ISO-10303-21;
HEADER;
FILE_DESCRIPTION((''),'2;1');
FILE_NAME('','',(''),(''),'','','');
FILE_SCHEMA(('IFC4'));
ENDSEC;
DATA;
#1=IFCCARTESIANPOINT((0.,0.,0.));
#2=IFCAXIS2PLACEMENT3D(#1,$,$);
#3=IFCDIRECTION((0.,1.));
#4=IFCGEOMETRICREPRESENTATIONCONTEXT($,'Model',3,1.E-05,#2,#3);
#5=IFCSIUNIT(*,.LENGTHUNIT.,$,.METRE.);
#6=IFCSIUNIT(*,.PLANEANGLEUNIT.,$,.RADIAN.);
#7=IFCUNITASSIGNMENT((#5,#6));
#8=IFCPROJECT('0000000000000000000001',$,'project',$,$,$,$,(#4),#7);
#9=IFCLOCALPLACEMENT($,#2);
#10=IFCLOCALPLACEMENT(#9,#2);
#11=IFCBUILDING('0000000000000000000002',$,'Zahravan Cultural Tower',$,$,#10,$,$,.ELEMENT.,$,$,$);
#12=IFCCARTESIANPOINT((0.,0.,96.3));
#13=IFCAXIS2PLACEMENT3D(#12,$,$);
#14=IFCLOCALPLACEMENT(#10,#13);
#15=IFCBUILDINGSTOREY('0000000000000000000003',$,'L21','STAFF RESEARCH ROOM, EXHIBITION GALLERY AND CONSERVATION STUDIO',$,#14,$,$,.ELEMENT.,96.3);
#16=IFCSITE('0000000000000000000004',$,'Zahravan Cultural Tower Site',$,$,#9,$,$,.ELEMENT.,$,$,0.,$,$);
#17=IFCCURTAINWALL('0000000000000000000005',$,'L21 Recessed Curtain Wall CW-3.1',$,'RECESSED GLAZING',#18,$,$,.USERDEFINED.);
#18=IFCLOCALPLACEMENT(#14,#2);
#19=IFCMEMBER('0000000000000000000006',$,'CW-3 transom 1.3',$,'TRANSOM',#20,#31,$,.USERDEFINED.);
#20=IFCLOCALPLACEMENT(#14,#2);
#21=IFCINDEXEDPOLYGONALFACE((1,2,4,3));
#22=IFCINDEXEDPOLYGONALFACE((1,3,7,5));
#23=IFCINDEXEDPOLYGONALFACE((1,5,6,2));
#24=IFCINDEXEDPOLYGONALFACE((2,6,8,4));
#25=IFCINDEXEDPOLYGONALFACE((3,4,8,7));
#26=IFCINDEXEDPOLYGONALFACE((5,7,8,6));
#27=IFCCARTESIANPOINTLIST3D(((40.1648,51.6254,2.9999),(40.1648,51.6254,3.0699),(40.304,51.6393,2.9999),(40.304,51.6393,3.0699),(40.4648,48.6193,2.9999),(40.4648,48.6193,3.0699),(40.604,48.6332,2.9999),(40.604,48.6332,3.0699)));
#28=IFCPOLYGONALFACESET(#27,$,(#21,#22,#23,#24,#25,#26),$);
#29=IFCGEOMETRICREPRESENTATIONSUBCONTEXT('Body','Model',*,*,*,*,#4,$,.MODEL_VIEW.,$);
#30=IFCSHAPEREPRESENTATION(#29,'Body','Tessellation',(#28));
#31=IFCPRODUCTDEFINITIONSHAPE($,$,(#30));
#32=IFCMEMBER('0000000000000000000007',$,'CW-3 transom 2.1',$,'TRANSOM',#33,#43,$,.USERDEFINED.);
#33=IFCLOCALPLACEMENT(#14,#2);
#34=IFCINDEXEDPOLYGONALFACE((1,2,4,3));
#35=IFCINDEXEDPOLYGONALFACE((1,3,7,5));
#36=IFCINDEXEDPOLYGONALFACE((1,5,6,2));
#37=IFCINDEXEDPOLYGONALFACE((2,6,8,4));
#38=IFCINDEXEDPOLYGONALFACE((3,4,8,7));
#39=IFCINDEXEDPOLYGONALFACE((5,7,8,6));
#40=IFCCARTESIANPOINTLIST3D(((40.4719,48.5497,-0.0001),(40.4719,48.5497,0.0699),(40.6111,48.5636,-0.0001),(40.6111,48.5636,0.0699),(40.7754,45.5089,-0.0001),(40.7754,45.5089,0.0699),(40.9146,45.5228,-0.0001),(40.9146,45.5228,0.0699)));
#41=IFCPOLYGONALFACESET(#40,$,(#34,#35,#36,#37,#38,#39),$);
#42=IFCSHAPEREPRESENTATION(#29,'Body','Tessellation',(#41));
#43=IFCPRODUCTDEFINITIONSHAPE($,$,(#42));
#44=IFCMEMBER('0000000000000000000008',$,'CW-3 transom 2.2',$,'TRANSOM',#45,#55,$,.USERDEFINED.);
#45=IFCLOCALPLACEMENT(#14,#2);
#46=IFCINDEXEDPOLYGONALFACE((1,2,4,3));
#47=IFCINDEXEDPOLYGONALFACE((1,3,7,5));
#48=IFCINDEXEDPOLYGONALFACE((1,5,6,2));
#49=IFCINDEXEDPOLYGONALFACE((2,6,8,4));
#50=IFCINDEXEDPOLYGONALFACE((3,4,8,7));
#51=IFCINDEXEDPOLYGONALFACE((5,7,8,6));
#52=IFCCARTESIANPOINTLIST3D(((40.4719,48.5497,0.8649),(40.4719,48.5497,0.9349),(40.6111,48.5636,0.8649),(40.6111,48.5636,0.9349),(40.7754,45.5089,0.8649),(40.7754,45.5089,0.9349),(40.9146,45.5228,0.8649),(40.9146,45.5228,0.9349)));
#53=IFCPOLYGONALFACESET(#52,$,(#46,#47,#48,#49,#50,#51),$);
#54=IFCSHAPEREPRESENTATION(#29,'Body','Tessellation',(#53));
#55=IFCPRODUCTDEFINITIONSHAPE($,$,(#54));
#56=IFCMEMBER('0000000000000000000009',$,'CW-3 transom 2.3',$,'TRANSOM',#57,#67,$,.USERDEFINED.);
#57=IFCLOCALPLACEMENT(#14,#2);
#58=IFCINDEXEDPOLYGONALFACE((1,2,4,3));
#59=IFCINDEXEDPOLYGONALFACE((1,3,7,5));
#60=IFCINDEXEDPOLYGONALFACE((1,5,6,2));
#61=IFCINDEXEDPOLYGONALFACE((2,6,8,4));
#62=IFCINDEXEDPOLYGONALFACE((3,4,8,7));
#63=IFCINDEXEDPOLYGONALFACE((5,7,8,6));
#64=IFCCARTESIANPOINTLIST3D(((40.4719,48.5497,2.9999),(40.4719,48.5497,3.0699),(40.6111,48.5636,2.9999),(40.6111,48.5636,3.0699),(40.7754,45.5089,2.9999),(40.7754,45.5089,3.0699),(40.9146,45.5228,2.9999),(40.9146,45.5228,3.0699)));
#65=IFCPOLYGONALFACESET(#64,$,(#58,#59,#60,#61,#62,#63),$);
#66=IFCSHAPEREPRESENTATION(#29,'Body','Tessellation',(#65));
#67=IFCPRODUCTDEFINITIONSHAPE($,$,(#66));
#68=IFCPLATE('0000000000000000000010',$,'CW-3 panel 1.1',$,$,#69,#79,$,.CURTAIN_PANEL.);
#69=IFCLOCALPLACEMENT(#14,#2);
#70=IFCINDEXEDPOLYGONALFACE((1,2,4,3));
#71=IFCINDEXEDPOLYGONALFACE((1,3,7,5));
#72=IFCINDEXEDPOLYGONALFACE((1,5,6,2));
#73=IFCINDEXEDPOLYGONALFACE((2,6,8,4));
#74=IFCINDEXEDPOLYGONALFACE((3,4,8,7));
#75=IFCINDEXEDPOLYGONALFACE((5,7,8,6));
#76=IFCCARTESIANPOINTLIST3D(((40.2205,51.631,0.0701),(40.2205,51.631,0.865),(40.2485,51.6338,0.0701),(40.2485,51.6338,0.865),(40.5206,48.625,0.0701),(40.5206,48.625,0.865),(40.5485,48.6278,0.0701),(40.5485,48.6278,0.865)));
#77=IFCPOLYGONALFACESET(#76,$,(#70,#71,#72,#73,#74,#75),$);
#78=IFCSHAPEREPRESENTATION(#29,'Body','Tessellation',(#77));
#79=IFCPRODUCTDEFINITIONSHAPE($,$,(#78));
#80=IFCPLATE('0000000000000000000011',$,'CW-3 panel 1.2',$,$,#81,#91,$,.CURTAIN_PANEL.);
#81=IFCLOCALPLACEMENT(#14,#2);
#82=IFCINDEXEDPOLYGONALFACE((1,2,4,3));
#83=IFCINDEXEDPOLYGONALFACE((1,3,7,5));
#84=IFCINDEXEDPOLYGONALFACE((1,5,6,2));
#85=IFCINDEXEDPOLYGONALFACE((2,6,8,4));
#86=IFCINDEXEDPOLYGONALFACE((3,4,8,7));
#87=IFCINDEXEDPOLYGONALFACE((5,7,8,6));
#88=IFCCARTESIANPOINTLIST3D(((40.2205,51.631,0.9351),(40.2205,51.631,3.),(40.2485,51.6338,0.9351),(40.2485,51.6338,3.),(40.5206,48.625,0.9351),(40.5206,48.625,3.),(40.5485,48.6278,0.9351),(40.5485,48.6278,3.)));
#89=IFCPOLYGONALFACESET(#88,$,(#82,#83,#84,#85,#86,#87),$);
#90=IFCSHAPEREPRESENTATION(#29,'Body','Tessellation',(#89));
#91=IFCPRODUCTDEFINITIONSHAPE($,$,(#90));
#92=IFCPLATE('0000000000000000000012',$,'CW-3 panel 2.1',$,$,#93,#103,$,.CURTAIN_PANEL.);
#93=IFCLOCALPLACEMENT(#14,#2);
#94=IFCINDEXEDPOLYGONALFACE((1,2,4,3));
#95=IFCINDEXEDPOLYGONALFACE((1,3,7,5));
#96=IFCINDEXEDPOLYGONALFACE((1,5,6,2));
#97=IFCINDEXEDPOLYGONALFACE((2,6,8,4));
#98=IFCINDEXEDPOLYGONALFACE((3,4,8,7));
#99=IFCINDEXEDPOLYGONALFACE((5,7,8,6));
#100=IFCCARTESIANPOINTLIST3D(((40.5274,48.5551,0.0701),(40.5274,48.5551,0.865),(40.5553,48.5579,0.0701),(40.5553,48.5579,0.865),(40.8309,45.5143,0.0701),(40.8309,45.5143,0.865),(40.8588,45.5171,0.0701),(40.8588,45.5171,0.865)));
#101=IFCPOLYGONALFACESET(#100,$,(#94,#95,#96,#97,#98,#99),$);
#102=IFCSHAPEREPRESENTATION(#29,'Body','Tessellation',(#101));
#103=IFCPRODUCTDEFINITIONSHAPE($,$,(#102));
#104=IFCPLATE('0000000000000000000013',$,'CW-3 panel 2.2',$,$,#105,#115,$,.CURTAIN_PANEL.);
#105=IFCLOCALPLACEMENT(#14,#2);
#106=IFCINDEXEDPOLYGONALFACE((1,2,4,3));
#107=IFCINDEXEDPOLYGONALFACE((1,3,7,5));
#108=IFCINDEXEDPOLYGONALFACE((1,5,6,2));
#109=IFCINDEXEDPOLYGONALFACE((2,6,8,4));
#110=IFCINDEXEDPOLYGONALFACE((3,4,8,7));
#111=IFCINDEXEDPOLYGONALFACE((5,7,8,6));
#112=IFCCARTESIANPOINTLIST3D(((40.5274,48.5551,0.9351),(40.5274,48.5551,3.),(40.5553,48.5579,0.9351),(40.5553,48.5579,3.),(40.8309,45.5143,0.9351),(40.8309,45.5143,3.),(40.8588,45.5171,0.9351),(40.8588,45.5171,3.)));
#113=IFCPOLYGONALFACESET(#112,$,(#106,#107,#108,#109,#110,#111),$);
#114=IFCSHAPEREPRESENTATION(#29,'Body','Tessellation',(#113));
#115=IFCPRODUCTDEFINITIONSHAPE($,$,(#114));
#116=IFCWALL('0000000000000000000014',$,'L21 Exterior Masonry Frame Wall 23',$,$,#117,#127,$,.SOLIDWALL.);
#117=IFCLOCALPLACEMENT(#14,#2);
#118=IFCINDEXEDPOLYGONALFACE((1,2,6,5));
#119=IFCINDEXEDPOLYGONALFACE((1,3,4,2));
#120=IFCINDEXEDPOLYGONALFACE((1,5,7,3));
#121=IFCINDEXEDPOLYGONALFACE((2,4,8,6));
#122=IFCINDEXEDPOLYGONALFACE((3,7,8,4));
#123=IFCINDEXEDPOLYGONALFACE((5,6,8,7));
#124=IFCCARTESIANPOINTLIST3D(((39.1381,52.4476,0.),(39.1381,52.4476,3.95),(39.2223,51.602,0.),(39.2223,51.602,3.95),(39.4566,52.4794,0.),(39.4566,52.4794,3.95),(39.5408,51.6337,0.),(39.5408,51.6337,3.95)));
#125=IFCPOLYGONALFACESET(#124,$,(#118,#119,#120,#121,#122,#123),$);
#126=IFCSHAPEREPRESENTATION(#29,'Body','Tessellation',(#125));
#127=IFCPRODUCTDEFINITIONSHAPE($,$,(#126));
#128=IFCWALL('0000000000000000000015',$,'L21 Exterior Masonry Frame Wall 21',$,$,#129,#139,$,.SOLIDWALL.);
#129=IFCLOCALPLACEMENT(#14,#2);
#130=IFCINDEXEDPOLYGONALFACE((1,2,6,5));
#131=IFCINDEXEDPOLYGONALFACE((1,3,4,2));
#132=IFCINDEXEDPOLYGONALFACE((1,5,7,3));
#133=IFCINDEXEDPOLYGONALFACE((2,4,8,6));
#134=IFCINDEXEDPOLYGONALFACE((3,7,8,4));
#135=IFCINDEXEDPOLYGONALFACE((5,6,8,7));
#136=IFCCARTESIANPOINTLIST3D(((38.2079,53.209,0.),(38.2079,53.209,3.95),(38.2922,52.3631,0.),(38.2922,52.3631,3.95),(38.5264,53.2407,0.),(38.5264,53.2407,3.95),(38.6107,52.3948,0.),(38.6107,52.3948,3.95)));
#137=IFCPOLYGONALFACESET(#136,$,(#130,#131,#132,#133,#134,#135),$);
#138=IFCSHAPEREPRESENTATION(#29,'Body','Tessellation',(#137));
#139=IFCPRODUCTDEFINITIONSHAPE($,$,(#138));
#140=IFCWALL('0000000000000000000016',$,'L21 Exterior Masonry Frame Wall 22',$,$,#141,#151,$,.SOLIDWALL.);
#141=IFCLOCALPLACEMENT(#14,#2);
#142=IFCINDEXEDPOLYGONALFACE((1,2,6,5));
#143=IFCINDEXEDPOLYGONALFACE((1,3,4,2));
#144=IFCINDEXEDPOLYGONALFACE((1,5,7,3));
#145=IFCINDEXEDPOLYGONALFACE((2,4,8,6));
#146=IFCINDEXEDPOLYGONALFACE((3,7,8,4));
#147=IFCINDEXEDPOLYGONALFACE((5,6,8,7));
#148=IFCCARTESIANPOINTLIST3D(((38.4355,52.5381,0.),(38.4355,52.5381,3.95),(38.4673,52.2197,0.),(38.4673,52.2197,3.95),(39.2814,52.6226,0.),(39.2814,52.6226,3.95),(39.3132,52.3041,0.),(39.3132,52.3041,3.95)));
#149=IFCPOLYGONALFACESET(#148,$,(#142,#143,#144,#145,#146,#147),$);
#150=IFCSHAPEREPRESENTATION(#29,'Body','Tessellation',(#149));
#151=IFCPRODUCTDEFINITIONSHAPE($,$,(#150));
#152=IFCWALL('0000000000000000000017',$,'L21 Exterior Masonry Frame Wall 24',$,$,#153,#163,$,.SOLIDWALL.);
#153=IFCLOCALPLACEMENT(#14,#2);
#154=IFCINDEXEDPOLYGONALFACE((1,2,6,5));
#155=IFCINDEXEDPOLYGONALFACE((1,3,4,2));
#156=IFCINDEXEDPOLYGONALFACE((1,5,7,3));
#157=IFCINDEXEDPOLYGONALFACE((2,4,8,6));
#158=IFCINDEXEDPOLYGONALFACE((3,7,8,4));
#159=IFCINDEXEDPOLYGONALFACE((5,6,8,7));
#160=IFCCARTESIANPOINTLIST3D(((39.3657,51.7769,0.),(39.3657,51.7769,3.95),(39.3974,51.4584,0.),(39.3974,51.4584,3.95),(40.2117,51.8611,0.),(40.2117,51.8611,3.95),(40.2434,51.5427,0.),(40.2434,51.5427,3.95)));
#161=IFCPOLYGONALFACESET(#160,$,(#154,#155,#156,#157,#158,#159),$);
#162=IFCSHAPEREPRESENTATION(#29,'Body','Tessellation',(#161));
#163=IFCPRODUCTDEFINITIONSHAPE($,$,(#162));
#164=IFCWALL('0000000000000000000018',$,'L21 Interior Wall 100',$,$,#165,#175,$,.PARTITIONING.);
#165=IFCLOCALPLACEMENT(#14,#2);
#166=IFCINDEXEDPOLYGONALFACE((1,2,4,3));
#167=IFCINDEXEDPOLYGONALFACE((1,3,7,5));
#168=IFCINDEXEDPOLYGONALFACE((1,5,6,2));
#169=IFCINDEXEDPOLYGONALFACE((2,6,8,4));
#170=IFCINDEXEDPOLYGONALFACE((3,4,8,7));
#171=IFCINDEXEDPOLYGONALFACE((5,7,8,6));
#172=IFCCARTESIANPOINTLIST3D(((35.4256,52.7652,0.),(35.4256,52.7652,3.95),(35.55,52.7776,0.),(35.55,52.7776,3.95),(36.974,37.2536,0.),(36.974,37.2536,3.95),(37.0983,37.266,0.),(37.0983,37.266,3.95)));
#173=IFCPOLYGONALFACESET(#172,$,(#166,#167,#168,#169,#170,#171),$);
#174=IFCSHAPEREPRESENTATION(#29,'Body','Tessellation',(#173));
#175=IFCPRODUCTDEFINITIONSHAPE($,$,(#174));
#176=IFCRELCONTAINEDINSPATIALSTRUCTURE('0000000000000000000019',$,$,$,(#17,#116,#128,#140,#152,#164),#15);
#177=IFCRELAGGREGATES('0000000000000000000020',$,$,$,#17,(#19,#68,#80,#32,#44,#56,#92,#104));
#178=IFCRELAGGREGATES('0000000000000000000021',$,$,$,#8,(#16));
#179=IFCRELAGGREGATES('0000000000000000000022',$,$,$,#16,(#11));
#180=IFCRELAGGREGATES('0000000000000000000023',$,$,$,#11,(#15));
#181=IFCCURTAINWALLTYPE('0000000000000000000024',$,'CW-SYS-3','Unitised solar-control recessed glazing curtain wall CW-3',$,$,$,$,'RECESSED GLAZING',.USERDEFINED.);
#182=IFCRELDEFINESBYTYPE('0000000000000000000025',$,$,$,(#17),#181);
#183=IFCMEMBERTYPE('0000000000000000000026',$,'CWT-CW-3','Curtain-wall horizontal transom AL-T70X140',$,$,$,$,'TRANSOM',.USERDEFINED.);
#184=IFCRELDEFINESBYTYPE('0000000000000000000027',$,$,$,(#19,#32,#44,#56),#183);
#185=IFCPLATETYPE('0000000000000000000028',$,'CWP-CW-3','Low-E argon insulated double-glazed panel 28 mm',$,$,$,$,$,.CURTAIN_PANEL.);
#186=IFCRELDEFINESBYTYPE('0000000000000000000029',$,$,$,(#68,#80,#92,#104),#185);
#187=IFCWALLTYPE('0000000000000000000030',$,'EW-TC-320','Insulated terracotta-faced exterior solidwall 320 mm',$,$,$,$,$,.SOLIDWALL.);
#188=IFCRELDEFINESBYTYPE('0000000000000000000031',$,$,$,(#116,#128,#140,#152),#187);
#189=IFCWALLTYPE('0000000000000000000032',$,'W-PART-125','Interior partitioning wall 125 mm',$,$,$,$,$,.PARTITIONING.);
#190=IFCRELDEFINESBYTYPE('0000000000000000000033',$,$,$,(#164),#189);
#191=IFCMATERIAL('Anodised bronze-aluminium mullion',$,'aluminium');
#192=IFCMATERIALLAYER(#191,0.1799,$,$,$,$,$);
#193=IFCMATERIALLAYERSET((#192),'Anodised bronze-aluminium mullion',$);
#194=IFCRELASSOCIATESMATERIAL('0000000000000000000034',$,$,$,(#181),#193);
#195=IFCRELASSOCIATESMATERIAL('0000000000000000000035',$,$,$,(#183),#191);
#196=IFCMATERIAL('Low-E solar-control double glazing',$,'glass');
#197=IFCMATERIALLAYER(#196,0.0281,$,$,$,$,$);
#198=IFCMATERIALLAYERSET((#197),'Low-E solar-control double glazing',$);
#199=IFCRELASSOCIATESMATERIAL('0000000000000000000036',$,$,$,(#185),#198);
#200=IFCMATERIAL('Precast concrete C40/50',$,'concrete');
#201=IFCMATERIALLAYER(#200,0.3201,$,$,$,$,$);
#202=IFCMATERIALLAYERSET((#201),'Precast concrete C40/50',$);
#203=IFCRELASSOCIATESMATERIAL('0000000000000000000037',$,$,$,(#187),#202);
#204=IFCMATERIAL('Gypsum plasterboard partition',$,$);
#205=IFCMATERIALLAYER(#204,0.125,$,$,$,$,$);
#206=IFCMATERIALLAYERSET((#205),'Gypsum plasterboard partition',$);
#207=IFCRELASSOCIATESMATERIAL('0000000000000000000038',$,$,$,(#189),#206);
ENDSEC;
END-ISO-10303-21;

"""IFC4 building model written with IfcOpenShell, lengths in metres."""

from ifc_helpers import new_model, si_unit, direction, frame, frame_2d, origin, origin_2d, place, context, subcontext, project, spatial, rectangle, extrude, source, transform, mapped, material, layer, layer_set, material_profile, profile_set, type_object, element, aggregate, save


model = new_model("IFC4")

# Units and contexts
model_context = context("Model", 3, precision=1e-05, world=origin(), true_north=direction((0.0, 1.0)))
body_context = subcontext(model_context, "Body", "Model", "MODEL_VIEW")
ifc_project = project(units=[si_unit("LENGTHUNIT", "METRE"), si_unit("PLANEANGLEUNIT", "RADIAN")], contexts=[model_context])

# Site, building, storey
site_placement = place(None, origin())
site = spatial("IfcSite", under=ifc_project, at=site_placement, Name="Zahravan Cultural Tower Site", CompositionType="ELEMENT", RefElevation=0.0)
building_placement = place(site_placement, origin())
building = spatial("IfcBuilding", under=site, at=building_placement, Name="Zahravan Cultural Tower", CompositionType="ELEMENT")
storey_placement = place(building_placement, frame((0.0, 0.0, 96.3)))
storey = spatial("IfcBuildingStorey", under=building, at=storey_placement, Name="L21", Description="STAFF RESEARCH ROOM, EXHIBITION GALLERY AND CONSERVATION STUDIO", CompositionType="ELEMENT", Elevation=96.3)

# Curtain wall, members, plates
ifc_material_1 = material(Name="Anodised bronze-aluminium mullion", Category="aluminium")
ifc_layer_1 = layer(ifc_material_1, 0.1799)
ifc_layer_set_1 = layer_set([ifc_layer_1], Name="Anodised bronze-aluminium mullion")
curtain_wall_type = type_object("IfcCurtainWallType", Name="CW-SYS-3", Description="Unitised solar-control recessed glazing curtain wall CW-3", ElementType="RECESSED GLAZING", PredefinedType="USERDEFINED", material=ifc_layer_set_1)
curtain_wall_placement = place(storey_placement, origin())
curtain_wall = element("IfcCurtainWall", 1, at=curtain_wall_placement, inside=storey, type_object=curtain_wall_type, Name="L21 Recessed Curtain Wall CW-3.1", ObjectType="RECESSED GLAZING", PredefinedType="USERDEFINED")
ifc_material_profile_1 = material_profile(ifc_material_1, rectangle(XDim=0.1399, YDim=0.0701, at=origin_2d()), Name="AL-T70X140")
ifc_profile_set_1 = profile_set([ifc_material_profile_1], Name="Anodised bronze-aluminium mullion")
member_type_1 = type_object("IfcMemberType", Name="CWT-CW-3", Description="Curtain-wall horizontal transom AL-T70X140", ElementType="TRANSOM", PredefinedType="USERDEFINED", material=ifc_profile_set_1)
shared_shape_1 = source(origin(), body_context, "Body", "SweptSolid", [
    extrude(rectangle(XDim=0.1399, YDim=0.0701, at=origin_2d()), origin(), (0.0, 0.0, 1.0), 3.021),
])
member_1_placement = place(storey_placement, frame((40.2344, 51.6323, 3.0349), z_axis=(0.09932, -0.995056, 0.0), x_axis=(0.995056, 0.09932, 0.0)))
member_1 = element("IfcMember", 2, at=member_1_placement, type_object=member_type_1, Name="CW-3 transom 1.3", ObjectType="TRANSOM", PredefinedType="USERDEFINED", context=body_context, shape_type="MappedRepresentation", body=[
    mapped(shared_shape_1, transform((0.0, 0.0, 0.0), x_axis=(1.0, 0.0, 0.0), y_axis=(0.0, 1.0, 0.0), z_axis=(0.0, 0.0, 1.0), scale=1.0)),
])
shared_shape_2 = source(origin(), body_context, "Body", "SweptSolid", [
    extrude(rectangle(XDim=0.1399, YDim=0.0701, at=origin_2d()), origin(), (0.0, 0.0, 1.0), 3.0559),
])
member_2_placement = place(storey_placement, frame((40.5415, 48.5566, 0.0349), z_axis=(0.099306, -0.995057, 0.0), x_axis=(0.995057, 0.099306, 0.0)))
member_2 = element("IfcMember", 3, at=member_2_placement, type_object=member_type_1, Name="CW-3 transom 2.1", ObjectType="TRANSOM", PredefinedType="USERDEFINED", context=body_context, shape_type="MappedRepresentation", body=[
    mapped(shared_shape_2, transform((0.0, 0.0, 0.0), x_axis=(1.0, 0.0, 0.0), y_axis=(0.0, 1.0, 0.0), z_axis=(0.0, 0.0, 1.0), scale=1.0)),
])
member_3_placement = place(storey_placement, frame((40.5415, 48.5566, 0.8999), z_axis=(0.099306, -0.995057, 0.0), x_axis=(0.995057, 0.099306, 0.0)))
member_3 = element("IfcMember", 4, at=member_3_placement, type_object=member_type_1, Name="CW-3 transom 2.2", ObjectType="TRANSOM", PredefinedType="USERDEFINED", context=body_context, shape_type="MappedRepresentation", body=[
    mapped(shared_shape_2, transform((0.0, 0.0, 0.0), x_axis=(1.0, 0.0, 0.0), y_axis=(0.0, 1.0, 0.0), z_axis=(0.0, 0.0, 1.0), scale=1.0)),
])
member_4_placement = place(storey_placement, frame((40.5415, 48.5566, 3.0349), z_axis=(0.099306, -0.995057, 0.0), x_axis=(0.995057, 0.099306, 0.0)))
member_4 = element("IfcMember", 5, at=member_4_placement, type_object=member_type_1, Name="CW-3 transom 2.3", ObjectType="TRANSOM", PredefinedType="USERDEFINED", context=body_context, shape_type="MappedRepresentation", body=[
    mapped(shared_shape_2, transform((0.0, 0.0, 0.0), x_axis=(1.0, 0.0, 0.0), y_axis=(0.0, 1.0, 0.0), z_axis=(0.0, 0.0, 1.0), scale=1.0)),
])
ifc_material_2 = material(Name="Low-E solar-control double glazing", Category="glass")
ifc_layer_2 = layer(ifc_material_2, 0.0281)
ifc_layer_set_2 = layer_set([ifc_layer_2], Name="Low-E solar-control double glazing")
plate_type = type_object("IfcPlateType", Name="CWP-CW-3", Description="Low-E argon insulated double-glazed panel 28 mm", PredefinedType="CURTAIN_PANEL", material=ifc_layer_set_2)
shared_shape_3 = source(origin(), body_context, "Body", "SweptSolid", [
    extrude(rectangle(XDim=3.021, YDim=0.0281, at=origin_2d()), origin(), (0.0, 0.0, 1.0), 0.7949),
])
plate_1_placement = place(storey_placement, frame((40.3845, 50.1294, 0.0701), z_axis=(0.0, 0.0, 1.0), x_axis=(0.099322, -0.995055, 0.0)))
plate_1 = element("IfcPlate", 6, at=plate_1_placement, type_object=plate_type, Name="CW-3 panel 1.1", PredefinedType="CURTAIN_PANEL", context=body_context, shape_type="MappedRepresentation", body=[
    mapped(shared_shape_3, transform((0.0, 0.0, 0.0), x_axis=(1.0, 0.0, 0.0), y_axis=(0.0, 1.0, 0.0), z_axis=(0.0, 0.0, 1.0), scale=1.0)),
])
shared_shape_4 = source(origin(), body_context, "Body", "SweptSolid", [
    extrude(rectangle(XDim=3.021, YDim=0.0281, at=origin_2d()), origin(), (0.0, 0.0, 1.0), 2.0649),
])
plate_2_placement = place(storey_placement, frame((40.3845, 50.1294, 0.9351), z_axis=(0.0, 0.0, 1.0), x_axis=(0.099322, -0.995055, 0.0)))
plate_2 = element("IfcPlate", 7, at=plate_2_placement, type_object=plate_type, Name="CW-3 panel 1.2", PredefinedType="CURTAIN_PANEL", context=body_context, shape_type="MappedRepresentation", body=[
    mapped(shared_shape_4, transform((0.0, 0.0, 0.0), x_axis=(1.0, 0.0, 0.0), y_axis=(0.0, 1.0, 0.0), z_axis=(0.0, 0.0, 1.0), scale=1.0)),
])
shared_shape_5 = source(origin(), body_context, "Body", "SweptSolid", [
    extrude(rectangle(XDim=3.0559, YDim=0.0281, at=origin_2d()), origin(), (0.0, 0.0, 1.0), 0.7949),
])
plate_3_placement = place(storey_placement, frame((40.6931, 47.0361, 0.0701), z_axis=(0.0, 0.0, 1.0), x_axis=(0.099322, -0.995055, 0.0)))
plate_3 = element("IfcPlate", 8, at=plate_3_placement, type_object=plate_type, Name="CW-3 panel 2.1", PredefinedType="CURTAIN_PANEL", context=body_context, shape_type="MappedRepresentation", body=[
    mapped(shared_shape_5, transform((0.0, 0.0, 0.0), x_axis=(1.0, 0.0, 0.0), y_axis=(0.0, 1.0, 0.0), z_axis=(0.0, 0.0, 1.0), scale=1.0)),
])
shared_shape_6 = source(origin(), body_context, "Body", "SweptSolid", [
    extrude(rectangle(XDim=3.0559, YDim=0.0281, at=origin_2d()), origin(), (0.0, 0.0, 1.0), 2.0649),
])
plate_4_placement = place(storey_placement, frame((40.6931, 47.0361, 0.9351), z_axis=(0.0, 0.0, 1.0), x_axis=(0.099322, -0.995055, 0.0)))
plate_4 = element("IfcPlate", 9, at=plate_4_placement, type_object=plate_type, Name="CW-3 panel 2.2", PredefinedType="CURTAIN_PANEL", context=body_context, shape_type="MappedRepresentation", body=[
    mapped(shared_shape_6, transform((0.0, 0.0, 0.0), x_axis=(1.0, 0.0, 0.0), y_axis=(0.0, 1.0, 0.0), z_axis=(0.0, 0.0, 1.0), scale=1.0)),
])
aggregate(curtain_wall, [member_1, plate_1, plate_2, member_2, member_3, member_4, plate_3, plate_4])

# Walls
ifc_material_3 = material(Name="Precast concrete C40/50", Category="concrete")
ifc_layer_3 = layer(ifc_material_3, 0.3201)
ifc_layer_set_3 = layer_set([ifc_layer_3], Name="Precast concrete C40/50")
wall_type_1 = type_object("IfcWallType", Name="EW-TC-320", Description="Insulated terracotta-faced exterior solidwall 320 mm", PredefinedType="SOLIDWALL", material=ifc_layer_set_3)
shared_shape_7 = source(origin(), body_context, "Body", "SweptSolid", [
    extrude(rectangle(XDim=0.8499, YDim=0.3201, at=frame_2d((0.4248, 0.0))), origin(), (0.0, 0.0, 1.0), 3.95),
])
wall_1_placement = place(storey_placement, frame((39.2974, 52.4634, 0.0), z_axis=(0.0, 0.0, 1.0), x_axis=(0.099106, -0.995077, 0.0)))
element("IfcWall", 10, at=wall_1_placement, inside=storey, type_object=wall_type_1, Name="L21 Exterior Masonry Frame Wall 23", PredefinedType="SOLIDWALL", context=body_context, shape_type="MappedRepresentation", body=[
    mapped(shared_shape_7, transform((0.0, 0.0, 0.0), x_axis=(1.0, 0.0, 0.0), y_axis=(0.0, 1.0, 0.0), z_axis=(0.0, 0.0, 1.0), scale=1.0)),
])
shared_shape_8 = source(origin(), body_context, "Body", "SweptSolid", [
    extrude(rectangle(XDim=0.8501, YDim=0.3201, at=frame_2d((0.425, 0.0))), origin(), (0.0, 0.0, 1.0), 3.95),
])
for number, where, z_axis, x_axis, name in (
    (11, (38.3672, 53.2249, 0.0), (0.0, 0.0, 1.0), (0.099077, -0.99508, 0.0), "L21 Exterior Masonry Frame Wall 21"),
    (12, (38.4514, 52.3789, 0.0), (0.0, 0.0, 1.0), (0.995051, 0.099362, 0.0), "L21 Exterior Masonry Frame Wall 22"),
    (13, (39.3816, 51.6177, 0.0), (0.0, 0.0, 1.0), (0.99508, 0.099077, 0.0), "L21 Exterior Masonry Frame Wall 24"),
):
    element("IfcWall", number, at=place(storey_placement, frame(where, z_axis=z_axis, x_axis=x_axis)), inside=storey, type_object=wall_type_1, Name=name, PredefinedType="SOLIDWALL", context=body_context, shape_type="MappedRepresentation", body=[
        mapped(shared_shape_8, transform((0.0, 0.0, 0.0), x_axis=(1.0, 0.0, 0.0), y_axis=(0.0, 1.0, 0.0), z_axis=(0.0, 0.0, 1.0), scale=1.0)),
    ])
ifc_material_4 = material(Name="Gypsum plasterboard partition")
ifc_layer_4 = layer(ifc_material_4, 0.125)
ifc_layer_set_4 = layer_set([ifc_layer_4], Name="Gypsum plasterboard partition")
wall_type_2 = type_object("IfcWallType", Name="W-PART-125", Description="Interior partitioning wall 125 mm", PredefinedType="PARTITIONING", material=ifc_layer_set_4)
shared_shape_9 = source(origin(), body_context, "Body", "SweptSolid", [
    extrude(rectangle(XDim=15.5886, YDim=0.125, at=frame_2d((7.7944, 0.0))), origin(), (0.0, 0.0, 1.0), 3.95),
])
wall_2_placement = place(storey_placement, frame((35.4878, 52.7715, 0.0), z_axis=(0.0, 0.0, 1.0), x_axis=(0.099325, -0.995055, 0.0)))
element("IfcWall", 14, at=wall_2_placement, inside=storey, type_object=wall_type_2, Name="L21 Interior Wall 100", PredefinedType="PARTITIONING", context=body_context, shape_type="MappedRepresentation", body=[
    mapped(shared_shape_9, transform((0.0, 0.0, 0.0), x_axis=(1.0, 0.0, 0.0), y_axis=(0.0, 1.0, 0.0), z_axis=(0.0, 0.0, 1.0), scale=1.0)),
])

save(model, "model.ifc")
